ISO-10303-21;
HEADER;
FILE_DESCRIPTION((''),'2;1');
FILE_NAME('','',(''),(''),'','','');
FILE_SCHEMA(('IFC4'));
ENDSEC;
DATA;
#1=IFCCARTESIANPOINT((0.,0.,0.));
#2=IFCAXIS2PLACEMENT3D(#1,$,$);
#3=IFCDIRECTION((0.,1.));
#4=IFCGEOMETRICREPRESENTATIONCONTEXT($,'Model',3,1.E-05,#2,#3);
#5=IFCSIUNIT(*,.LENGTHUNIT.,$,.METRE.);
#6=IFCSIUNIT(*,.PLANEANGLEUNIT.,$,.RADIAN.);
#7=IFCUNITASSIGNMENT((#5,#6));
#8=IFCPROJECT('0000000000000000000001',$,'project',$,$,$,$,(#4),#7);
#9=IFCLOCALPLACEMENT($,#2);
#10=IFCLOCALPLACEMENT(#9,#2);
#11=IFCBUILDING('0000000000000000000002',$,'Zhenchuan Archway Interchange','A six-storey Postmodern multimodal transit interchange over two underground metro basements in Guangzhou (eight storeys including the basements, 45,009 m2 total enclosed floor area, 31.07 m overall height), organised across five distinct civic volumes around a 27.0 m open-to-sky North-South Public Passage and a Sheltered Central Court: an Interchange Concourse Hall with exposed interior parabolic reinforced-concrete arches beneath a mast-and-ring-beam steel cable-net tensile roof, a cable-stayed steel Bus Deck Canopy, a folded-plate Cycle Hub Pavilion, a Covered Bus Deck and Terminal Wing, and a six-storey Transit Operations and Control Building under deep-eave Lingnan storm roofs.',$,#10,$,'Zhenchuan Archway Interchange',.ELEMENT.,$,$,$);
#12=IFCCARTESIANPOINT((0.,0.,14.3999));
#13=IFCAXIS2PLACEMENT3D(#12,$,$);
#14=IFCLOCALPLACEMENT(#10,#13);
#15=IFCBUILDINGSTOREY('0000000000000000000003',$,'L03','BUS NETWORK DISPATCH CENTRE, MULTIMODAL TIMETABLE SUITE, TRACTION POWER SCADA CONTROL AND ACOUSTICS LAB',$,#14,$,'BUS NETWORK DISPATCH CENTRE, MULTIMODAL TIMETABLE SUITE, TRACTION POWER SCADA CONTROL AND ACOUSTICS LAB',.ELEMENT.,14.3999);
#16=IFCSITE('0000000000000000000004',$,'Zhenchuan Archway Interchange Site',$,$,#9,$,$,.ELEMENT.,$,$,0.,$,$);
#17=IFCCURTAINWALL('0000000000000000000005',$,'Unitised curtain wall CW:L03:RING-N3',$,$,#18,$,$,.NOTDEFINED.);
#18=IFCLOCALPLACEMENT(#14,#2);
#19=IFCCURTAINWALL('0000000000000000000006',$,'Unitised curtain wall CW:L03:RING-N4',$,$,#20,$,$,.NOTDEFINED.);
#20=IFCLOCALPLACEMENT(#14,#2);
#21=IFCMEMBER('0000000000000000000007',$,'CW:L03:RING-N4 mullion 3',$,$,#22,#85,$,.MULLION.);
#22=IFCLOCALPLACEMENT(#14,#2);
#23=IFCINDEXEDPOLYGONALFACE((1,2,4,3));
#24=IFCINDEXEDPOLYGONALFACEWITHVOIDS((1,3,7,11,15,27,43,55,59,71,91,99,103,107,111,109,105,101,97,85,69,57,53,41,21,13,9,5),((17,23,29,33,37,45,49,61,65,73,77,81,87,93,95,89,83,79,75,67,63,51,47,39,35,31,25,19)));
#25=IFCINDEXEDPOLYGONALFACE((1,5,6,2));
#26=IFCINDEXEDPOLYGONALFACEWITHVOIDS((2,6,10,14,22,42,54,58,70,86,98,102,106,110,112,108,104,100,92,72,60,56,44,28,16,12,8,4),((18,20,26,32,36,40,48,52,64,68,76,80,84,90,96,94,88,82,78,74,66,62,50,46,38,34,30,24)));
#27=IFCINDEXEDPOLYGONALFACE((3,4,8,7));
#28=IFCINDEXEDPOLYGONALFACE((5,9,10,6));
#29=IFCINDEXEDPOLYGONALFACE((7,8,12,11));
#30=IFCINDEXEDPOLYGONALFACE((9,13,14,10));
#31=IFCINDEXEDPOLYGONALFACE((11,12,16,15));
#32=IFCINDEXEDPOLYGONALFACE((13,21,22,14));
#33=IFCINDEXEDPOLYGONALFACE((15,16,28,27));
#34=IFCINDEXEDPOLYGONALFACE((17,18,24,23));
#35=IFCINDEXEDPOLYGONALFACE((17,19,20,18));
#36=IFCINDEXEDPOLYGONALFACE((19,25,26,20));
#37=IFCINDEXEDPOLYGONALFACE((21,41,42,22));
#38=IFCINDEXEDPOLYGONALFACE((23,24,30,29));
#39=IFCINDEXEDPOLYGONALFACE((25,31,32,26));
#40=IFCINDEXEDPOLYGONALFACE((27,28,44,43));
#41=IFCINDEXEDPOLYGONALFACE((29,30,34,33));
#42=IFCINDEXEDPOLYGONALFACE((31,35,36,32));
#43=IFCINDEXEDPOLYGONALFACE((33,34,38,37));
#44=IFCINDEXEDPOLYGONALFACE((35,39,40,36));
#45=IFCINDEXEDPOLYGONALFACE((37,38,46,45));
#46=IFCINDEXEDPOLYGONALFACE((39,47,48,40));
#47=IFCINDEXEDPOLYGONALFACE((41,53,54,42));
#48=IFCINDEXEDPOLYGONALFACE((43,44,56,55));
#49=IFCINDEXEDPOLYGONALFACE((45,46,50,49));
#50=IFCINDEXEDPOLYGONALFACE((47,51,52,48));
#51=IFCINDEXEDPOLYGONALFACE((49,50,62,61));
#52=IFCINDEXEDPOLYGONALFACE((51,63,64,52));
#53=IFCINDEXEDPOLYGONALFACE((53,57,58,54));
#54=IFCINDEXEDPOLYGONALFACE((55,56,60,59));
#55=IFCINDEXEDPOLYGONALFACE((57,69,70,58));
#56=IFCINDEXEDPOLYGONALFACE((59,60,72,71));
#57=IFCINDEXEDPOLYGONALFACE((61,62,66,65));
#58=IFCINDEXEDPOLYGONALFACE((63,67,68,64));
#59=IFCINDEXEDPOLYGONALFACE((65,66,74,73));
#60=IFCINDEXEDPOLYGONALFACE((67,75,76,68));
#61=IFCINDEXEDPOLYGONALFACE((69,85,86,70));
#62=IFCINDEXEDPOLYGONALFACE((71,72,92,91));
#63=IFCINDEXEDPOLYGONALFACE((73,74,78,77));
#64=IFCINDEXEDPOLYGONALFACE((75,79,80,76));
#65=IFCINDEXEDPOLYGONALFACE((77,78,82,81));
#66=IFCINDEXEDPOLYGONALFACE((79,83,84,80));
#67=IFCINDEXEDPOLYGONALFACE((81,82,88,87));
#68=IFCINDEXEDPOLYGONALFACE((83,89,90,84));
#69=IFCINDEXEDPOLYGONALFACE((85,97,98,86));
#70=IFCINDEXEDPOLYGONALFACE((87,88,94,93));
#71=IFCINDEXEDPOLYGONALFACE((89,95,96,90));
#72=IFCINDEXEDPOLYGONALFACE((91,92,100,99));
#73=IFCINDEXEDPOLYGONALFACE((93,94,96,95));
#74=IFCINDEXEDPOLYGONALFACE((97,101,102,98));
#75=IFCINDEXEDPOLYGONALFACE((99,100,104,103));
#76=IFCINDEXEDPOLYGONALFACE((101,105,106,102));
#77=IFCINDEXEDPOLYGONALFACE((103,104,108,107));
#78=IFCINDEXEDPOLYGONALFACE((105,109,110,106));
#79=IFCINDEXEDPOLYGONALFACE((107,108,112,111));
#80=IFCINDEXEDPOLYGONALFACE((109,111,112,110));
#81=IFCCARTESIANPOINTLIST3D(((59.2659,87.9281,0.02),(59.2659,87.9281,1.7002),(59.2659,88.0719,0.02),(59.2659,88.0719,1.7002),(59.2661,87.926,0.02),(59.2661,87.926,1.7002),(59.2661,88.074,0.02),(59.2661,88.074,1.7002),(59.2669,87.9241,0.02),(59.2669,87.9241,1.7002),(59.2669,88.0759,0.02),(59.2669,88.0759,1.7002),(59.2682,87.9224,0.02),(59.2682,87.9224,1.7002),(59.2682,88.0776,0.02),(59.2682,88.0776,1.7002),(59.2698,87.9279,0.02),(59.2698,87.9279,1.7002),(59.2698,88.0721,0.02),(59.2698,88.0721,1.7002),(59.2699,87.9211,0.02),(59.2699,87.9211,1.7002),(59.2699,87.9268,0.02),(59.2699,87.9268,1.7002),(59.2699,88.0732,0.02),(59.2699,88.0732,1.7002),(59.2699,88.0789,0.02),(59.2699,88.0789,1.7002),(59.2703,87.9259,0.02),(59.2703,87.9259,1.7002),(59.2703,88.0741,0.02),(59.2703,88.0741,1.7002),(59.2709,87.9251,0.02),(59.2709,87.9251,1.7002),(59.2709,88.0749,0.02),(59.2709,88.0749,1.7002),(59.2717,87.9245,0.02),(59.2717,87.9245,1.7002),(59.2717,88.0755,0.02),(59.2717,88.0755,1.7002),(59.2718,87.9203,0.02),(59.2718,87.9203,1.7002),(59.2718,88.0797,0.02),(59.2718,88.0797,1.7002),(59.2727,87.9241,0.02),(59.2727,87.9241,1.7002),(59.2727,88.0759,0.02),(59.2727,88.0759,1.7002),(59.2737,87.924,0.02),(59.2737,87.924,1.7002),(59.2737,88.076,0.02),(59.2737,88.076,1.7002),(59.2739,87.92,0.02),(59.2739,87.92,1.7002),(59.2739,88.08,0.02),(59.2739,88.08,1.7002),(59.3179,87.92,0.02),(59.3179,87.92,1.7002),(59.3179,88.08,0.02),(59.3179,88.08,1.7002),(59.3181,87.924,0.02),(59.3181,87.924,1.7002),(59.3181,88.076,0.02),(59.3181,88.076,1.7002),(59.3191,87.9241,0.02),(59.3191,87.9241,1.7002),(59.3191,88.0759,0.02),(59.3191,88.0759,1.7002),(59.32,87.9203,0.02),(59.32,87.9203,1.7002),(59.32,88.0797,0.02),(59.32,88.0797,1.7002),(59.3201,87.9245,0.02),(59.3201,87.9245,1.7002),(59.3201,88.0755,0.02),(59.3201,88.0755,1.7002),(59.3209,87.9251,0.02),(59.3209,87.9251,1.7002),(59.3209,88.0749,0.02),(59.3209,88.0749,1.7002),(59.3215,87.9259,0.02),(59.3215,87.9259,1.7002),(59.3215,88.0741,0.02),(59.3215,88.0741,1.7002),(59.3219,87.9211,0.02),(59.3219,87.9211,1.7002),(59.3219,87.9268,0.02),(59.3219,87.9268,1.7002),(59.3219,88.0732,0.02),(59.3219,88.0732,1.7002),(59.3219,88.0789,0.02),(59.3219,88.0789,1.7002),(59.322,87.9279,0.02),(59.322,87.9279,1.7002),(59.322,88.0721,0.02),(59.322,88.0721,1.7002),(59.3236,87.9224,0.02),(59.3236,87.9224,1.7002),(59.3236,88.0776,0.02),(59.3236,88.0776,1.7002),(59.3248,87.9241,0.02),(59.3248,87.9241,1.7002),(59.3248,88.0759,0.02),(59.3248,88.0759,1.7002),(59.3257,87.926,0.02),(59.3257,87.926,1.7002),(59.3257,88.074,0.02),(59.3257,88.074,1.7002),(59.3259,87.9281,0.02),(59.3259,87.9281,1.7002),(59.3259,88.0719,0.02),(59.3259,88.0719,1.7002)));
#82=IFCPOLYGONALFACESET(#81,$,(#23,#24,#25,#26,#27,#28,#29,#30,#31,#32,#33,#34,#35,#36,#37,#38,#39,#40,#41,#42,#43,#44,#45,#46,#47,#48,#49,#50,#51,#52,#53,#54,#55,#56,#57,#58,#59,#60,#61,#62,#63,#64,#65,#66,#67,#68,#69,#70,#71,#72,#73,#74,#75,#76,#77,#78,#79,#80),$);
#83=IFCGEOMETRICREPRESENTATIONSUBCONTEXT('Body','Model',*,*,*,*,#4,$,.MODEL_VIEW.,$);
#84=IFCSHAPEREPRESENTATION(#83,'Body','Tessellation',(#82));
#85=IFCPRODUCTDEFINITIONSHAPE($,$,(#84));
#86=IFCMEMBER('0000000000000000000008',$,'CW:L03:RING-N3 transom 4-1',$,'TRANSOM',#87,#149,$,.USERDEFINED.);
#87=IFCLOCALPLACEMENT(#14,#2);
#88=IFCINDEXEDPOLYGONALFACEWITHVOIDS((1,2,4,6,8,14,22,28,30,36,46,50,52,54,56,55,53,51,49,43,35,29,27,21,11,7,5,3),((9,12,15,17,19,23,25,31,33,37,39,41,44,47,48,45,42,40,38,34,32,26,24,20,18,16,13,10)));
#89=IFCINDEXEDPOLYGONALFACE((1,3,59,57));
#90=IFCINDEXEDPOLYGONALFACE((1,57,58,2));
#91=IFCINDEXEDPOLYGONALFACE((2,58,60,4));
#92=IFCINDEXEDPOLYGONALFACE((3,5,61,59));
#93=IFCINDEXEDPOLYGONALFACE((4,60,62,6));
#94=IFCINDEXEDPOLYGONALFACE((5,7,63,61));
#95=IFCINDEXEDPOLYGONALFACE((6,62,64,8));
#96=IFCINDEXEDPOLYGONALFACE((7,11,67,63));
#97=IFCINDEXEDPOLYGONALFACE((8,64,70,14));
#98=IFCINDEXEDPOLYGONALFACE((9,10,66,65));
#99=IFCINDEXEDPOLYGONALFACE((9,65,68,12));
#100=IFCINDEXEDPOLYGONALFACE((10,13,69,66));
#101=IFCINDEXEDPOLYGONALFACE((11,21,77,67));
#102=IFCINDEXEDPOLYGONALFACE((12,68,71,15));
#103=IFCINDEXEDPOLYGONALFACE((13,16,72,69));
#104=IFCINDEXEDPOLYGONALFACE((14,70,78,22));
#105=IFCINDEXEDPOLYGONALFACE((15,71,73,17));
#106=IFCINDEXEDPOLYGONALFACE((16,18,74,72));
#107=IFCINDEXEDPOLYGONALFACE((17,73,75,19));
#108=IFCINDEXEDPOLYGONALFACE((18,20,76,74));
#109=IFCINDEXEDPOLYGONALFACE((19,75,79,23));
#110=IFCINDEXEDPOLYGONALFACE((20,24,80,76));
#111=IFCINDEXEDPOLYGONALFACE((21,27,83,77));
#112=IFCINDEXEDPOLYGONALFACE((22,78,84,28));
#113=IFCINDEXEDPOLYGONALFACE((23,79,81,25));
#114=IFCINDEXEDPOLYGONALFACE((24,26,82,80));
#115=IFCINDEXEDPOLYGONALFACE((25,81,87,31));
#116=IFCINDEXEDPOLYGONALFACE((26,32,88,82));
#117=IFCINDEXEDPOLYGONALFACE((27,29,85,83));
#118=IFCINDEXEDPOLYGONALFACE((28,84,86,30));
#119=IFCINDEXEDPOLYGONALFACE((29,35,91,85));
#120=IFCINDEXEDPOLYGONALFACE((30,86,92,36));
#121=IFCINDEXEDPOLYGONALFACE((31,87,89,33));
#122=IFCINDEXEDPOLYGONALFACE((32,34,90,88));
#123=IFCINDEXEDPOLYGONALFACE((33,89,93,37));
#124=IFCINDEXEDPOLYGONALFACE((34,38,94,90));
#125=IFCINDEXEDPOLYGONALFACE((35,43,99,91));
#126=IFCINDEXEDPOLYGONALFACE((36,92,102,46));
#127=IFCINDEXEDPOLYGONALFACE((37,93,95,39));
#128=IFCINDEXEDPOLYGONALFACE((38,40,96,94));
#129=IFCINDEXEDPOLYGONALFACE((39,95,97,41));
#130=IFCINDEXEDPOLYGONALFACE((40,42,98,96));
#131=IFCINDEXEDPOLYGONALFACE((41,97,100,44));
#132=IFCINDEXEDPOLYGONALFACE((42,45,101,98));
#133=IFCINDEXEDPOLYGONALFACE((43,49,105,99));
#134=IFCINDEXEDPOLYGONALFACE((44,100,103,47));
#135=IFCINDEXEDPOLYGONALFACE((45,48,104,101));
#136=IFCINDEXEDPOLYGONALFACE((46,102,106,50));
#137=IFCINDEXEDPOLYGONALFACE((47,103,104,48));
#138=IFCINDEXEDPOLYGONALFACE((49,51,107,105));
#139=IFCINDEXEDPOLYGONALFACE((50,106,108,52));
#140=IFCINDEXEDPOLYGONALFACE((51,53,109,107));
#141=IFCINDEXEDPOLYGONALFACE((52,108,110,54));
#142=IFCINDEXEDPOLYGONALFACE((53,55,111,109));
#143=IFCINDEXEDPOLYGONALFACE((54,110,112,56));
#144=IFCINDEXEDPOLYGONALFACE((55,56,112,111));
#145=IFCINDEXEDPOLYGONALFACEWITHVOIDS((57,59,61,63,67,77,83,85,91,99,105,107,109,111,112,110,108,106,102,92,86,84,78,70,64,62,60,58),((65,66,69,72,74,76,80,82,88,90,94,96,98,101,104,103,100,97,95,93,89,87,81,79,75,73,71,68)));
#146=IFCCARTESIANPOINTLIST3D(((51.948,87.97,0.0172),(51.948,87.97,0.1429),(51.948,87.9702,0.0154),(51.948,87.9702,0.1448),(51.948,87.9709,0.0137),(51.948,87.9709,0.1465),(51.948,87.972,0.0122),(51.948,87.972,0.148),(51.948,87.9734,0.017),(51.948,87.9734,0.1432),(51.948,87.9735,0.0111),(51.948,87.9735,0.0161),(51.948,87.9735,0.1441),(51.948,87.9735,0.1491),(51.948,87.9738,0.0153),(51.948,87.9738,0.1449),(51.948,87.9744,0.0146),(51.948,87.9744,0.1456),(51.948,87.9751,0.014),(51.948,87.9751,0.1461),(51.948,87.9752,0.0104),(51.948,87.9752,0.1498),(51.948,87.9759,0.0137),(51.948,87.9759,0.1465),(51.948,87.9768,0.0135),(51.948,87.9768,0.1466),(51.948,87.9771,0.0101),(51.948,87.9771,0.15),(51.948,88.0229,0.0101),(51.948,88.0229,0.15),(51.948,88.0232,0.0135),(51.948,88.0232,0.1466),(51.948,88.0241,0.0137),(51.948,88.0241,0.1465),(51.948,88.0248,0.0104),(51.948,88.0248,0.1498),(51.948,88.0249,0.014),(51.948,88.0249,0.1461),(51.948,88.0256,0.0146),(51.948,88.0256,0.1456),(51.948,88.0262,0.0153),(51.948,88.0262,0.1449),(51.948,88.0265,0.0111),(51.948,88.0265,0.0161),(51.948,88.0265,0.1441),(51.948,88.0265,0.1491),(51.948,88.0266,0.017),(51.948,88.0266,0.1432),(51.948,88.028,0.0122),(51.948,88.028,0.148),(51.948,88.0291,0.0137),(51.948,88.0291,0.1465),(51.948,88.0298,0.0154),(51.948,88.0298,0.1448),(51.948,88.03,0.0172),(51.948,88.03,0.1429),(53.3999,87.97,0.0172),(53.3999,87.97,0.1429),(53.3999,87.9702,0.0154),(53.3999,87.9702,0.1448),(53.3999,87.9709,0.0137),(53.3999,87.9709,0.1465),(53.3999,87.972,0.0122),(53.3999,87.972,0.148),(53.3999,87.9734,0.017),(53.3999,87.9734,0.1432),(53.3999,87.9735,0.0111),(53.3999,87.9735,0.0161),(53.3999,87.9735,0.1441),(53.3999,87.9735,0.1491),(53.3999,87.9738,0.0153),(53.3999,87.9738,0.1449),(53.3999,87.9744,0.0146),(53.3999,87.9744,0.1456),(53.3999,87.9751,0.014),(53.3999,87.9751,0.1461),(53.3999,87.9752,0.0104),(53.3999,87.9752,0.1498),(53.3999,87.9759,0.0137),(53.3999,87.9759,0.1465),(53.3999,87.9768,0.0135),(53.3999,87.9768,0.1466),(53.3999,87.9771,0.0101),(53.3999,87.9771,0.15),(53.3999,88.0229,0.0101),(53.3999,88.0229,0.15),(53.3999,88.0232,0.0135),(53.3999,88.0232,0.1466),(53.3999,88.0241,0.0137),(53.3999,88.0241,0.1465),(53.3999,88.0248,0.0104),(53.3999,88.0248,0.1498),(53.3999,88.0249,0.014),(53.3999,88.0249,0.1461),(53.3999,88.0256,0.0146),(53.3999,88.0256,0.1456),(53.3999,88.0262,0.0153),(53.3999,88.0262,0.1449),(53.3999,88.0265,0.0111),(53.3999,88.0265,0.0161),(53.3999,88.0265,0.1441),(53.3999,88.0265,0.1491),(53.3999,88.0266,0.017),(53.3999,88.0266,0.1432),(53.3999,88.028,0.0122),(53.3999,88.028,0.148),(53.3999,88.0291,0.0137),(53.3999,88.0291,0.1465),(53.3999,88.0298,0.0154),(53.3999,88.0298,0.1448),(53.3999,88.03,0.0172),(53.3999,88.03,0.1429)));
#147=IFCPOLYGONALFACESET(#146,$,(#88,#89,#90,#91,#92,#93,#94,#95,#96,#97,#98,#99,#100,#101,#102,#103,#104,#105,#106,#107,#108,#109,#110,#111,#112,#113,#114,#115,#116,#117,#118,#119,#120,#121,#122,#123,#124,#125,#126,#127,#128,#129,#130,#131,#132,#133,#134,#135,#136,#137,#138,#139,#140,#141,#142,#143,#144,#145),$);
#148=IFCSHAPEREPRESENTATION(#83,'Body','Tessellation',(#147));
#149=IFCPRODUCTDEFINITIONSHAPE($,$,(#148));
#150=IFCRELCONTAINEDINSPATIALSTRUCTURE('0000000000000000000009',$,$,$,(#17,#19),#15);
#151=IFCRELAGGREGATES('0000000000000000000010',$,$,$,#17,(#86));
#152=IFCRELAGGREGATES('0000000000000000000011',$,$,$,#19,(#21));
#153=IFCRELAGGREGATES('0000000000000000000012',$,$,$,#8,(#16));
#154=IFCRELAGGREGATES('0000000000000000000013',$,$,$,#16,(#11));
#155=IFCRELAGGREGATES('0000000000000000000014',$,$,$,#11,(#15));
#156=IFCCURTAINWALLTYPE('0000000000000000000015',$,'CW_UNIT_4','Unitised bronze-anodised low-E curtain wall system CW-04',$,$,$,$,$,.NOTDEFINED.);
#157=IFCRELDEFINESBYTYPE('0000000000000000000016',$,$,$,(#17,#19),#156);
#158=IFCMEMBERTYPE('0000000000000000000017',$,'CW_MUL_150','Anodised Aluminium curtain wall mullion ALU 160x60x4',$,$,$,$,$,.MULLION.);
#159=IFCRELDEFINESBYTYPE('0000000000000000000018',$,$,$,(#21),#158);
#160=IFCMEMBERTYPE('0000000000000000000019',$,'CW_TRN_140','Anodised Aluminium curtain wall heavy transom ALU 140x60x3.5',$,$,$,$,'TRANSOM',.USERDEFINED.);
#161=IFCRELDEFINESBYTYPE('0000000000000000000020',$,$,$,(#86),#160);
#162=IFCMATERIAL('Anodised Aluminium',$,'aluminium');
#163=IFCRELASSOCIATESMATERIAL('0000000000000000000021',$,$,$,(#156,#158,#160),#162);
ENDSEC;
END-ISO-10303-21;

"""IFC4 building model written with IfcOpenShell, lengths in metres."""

from ifc_helpers import new_model, si_unit, direction, frame, origin, origin_2d, place, context, subcontext, project, spatial, hollow_rectangle, extrude, material, material_profile, profile_set, type_object, element, aggregate, save


model = new_model("IFC4")

# Units and contexts
model_context = context("Model", 3, precision=1e-05, world=origin(), true_north=direction((0.0, 1.0)))
body_context = subcontext(model_context, "Body", "Model", "MODEL_VIEW")
ifc_project = project(units=[si_unit("LENGTHUNIT", "METRE"), si_unit("PLANEANGLEUNIT", "RADIAN")], contexts=[model_context])

# Site, building, storey
site_placement = place(None, origin())
site = spatial("IfcSite", under=ifc_project, at=site_placement, Name="Zhenchuan Archway Interchange Site", CompositionType="ELEMENT", RefElevation=0.0)
building_placement = place(site_placement, origin())
building = spatial("IfcBuilding", under=site, at=building_placement, Name="Zhenchuan Archway Interchange", Description="A six-storey Postmodern multimodal transit interchange over two underground metro basements in Guangzhou (eight storeys including the basements, 45,009 m2 total enclosed floor area, 31.07 m overall height), organised across five distinct civic volumes around a 27.0 m open-to-sky North-South Public Passage and a Sheltered Central Court: an Interchange Concourse Hall with exposed interior parabolic reinforced-concrete arches beneath a mast-and-ring-beam steel cable-net tensile roof, a cable-stayed steel Bus Deck Canopy, a folded-plate Cycle Hub Pavilion, a Covered Bus Deck and Terminal Wing, and a six-storey Transit Operations and Control Building under deep-eave Lingnan storm roofs.", LongName="Zhenchuan Archway Interchange", CompositionType="ELEMENT")
storey_placement = place(building_placement, frame((0.0, 0.0, 14.3999)))
storey = spatial("IfcBuildingStorey", under=building, at=storey_placement, Name="L03", Description="BUS NETWORK DISPATCH CENTRE, MULTIMODAL TIMETABLE SUITE, TRACTION POWER SCADA CONTROL AND ACOUSTICS LAB", LongName="BUS NETWORK DISPATCH CENTRE, MULTIMODAL TIMETABLE SUITE, TRACTION POWER SCADA CONTROL AND ACOUSTICS LAB", CompositionType="ELEMENT", Elevation=14.3999)

# Curtain walls, member
ifc_material_1 = material(Name="Anodised Aluminium", Category="aluminium")
curtain_wall_type = type_object("IfcCurtainWallType", Name="CW_UNIT_4", Description="Unitised bronze-anodised low-E curtain wall system CW-04", PredefinedType="NOTDEFINED", material=ifc_material_1)
curtain_wall_1_placement = place(storey_placement, origin())
curtain_wall_1 = element("IfcCurtainWall", 1, at=curtain_wall_1_placement, inside=storey, type_object=curtain_wall_type, Name="Unitised curtain wall CW:L03:RING-N3", PredefinedType="NOTDEFINED")
ifc_material_profile_1 = material_profile(ifc_material_1, hollow_rectangle(XDim=0.0601, YDim=0.1599, WallThickness=0.0039, InnerFilletRadius=0.0039, OuterFilletRadius=0.0081, at=origin_2d()), Name="ALU 160x60x4")
ifc_profile_set_1 = profile_set([ifc_material_profile_1], Name="Anodised Aluminium")
member_type_1 = type_object("IfcMemberType", Name="CW_MUL_150", Description="Anodised Aluminium curtain wall mullion ALU 160x60x4", PredefinedType="MULLION", material=ifc_profile_set_1)
curtain_wall_2_placement = place(storey_placement, origin())
curtain_wall_2 = element("IfcCurtainWall", 2, at=curtain_wall_2_placement, inside=storey, type_object=curtain_wall_type, Name="Unitised curtain wall CW:L03:RING-N4", PredefinedType="NOTDEFINED")
member_1_placement = place(storey_placement, frame((59.2959, 88.0, 0.02), z_axis=(0.0, 0.0, 1.0), x_axis=(1.0, 0.0, 0.0)))
member_1 = element("IfcMember", 3, at=member_1_placement, type_object=member_type_1, Name="CW:L03:RING-N4 mullion 3", PredefinedType="MULLION", context=body_context, shape_type="SweptSolid", body=[
    extrude(hollow_rectangle(XDim=0.0601, YDim=0.1599, WallThickness=0.0039, InnerFilletRadius=0.0039, OuterFilletRadius=0.0081, at=origin_2d()), origin(), (0.0, 0.0, 1.0), 1.6802),
])

# Member
ifc_material_profile_2 = material_profile(ifc_material_1, hollow_rectangle(XDim=0.0601, YDim=0.1399, WallThickness=0.0034, InnerFilletRadius=0.0034, OuterFilletRadius=0.0071, at=origin_2d()), Name="ALU 140x60x3.5")
ifc_profile_set_2 = profile_set([ifc_material_profile_2], Name="Anodised Aluminium")
member_type_2 = type_object("IfcMemberType", Name="CW_TRN_140", Description="Anodised Aluminium curtain wall heavy transom ALU 140x60x3.5", ElementType="TRANSOM", PredefinedType="USERDEFINED", material=ifc_profile_set_2)
member_2_placement = place(storey_placement, frame((51.948, 88.0, 0.0801), z_axis=(1.0, 0.0, 0.0), x_axis=(0.0, 1.0, 0.0)))
member_2 = element("IfcMember", 4, at=member_2_placement, type_object=member_type_2, Name="CW:L03:RING-N3 transom 4-1", ObjectType="TRANSOM", PredefinedType="USERDEFINED", context=body_context, shape_type="SweptSolid", body=[
    extrude(hollow_rectangle(XDim=0.0601, YDim=0.1399, WallThickness=0.0034, InnerFilletRadius=0.0034, OuterFilletRadius=0.0071, at=origin_2d()), origin(), (0.0, 0.0, 1.0), 1.4519),
])

aggregate(curtain_wall_1, [member_2])
aggregate(curtain_wall_2, [member_1])

save(model, "model.ifc")
